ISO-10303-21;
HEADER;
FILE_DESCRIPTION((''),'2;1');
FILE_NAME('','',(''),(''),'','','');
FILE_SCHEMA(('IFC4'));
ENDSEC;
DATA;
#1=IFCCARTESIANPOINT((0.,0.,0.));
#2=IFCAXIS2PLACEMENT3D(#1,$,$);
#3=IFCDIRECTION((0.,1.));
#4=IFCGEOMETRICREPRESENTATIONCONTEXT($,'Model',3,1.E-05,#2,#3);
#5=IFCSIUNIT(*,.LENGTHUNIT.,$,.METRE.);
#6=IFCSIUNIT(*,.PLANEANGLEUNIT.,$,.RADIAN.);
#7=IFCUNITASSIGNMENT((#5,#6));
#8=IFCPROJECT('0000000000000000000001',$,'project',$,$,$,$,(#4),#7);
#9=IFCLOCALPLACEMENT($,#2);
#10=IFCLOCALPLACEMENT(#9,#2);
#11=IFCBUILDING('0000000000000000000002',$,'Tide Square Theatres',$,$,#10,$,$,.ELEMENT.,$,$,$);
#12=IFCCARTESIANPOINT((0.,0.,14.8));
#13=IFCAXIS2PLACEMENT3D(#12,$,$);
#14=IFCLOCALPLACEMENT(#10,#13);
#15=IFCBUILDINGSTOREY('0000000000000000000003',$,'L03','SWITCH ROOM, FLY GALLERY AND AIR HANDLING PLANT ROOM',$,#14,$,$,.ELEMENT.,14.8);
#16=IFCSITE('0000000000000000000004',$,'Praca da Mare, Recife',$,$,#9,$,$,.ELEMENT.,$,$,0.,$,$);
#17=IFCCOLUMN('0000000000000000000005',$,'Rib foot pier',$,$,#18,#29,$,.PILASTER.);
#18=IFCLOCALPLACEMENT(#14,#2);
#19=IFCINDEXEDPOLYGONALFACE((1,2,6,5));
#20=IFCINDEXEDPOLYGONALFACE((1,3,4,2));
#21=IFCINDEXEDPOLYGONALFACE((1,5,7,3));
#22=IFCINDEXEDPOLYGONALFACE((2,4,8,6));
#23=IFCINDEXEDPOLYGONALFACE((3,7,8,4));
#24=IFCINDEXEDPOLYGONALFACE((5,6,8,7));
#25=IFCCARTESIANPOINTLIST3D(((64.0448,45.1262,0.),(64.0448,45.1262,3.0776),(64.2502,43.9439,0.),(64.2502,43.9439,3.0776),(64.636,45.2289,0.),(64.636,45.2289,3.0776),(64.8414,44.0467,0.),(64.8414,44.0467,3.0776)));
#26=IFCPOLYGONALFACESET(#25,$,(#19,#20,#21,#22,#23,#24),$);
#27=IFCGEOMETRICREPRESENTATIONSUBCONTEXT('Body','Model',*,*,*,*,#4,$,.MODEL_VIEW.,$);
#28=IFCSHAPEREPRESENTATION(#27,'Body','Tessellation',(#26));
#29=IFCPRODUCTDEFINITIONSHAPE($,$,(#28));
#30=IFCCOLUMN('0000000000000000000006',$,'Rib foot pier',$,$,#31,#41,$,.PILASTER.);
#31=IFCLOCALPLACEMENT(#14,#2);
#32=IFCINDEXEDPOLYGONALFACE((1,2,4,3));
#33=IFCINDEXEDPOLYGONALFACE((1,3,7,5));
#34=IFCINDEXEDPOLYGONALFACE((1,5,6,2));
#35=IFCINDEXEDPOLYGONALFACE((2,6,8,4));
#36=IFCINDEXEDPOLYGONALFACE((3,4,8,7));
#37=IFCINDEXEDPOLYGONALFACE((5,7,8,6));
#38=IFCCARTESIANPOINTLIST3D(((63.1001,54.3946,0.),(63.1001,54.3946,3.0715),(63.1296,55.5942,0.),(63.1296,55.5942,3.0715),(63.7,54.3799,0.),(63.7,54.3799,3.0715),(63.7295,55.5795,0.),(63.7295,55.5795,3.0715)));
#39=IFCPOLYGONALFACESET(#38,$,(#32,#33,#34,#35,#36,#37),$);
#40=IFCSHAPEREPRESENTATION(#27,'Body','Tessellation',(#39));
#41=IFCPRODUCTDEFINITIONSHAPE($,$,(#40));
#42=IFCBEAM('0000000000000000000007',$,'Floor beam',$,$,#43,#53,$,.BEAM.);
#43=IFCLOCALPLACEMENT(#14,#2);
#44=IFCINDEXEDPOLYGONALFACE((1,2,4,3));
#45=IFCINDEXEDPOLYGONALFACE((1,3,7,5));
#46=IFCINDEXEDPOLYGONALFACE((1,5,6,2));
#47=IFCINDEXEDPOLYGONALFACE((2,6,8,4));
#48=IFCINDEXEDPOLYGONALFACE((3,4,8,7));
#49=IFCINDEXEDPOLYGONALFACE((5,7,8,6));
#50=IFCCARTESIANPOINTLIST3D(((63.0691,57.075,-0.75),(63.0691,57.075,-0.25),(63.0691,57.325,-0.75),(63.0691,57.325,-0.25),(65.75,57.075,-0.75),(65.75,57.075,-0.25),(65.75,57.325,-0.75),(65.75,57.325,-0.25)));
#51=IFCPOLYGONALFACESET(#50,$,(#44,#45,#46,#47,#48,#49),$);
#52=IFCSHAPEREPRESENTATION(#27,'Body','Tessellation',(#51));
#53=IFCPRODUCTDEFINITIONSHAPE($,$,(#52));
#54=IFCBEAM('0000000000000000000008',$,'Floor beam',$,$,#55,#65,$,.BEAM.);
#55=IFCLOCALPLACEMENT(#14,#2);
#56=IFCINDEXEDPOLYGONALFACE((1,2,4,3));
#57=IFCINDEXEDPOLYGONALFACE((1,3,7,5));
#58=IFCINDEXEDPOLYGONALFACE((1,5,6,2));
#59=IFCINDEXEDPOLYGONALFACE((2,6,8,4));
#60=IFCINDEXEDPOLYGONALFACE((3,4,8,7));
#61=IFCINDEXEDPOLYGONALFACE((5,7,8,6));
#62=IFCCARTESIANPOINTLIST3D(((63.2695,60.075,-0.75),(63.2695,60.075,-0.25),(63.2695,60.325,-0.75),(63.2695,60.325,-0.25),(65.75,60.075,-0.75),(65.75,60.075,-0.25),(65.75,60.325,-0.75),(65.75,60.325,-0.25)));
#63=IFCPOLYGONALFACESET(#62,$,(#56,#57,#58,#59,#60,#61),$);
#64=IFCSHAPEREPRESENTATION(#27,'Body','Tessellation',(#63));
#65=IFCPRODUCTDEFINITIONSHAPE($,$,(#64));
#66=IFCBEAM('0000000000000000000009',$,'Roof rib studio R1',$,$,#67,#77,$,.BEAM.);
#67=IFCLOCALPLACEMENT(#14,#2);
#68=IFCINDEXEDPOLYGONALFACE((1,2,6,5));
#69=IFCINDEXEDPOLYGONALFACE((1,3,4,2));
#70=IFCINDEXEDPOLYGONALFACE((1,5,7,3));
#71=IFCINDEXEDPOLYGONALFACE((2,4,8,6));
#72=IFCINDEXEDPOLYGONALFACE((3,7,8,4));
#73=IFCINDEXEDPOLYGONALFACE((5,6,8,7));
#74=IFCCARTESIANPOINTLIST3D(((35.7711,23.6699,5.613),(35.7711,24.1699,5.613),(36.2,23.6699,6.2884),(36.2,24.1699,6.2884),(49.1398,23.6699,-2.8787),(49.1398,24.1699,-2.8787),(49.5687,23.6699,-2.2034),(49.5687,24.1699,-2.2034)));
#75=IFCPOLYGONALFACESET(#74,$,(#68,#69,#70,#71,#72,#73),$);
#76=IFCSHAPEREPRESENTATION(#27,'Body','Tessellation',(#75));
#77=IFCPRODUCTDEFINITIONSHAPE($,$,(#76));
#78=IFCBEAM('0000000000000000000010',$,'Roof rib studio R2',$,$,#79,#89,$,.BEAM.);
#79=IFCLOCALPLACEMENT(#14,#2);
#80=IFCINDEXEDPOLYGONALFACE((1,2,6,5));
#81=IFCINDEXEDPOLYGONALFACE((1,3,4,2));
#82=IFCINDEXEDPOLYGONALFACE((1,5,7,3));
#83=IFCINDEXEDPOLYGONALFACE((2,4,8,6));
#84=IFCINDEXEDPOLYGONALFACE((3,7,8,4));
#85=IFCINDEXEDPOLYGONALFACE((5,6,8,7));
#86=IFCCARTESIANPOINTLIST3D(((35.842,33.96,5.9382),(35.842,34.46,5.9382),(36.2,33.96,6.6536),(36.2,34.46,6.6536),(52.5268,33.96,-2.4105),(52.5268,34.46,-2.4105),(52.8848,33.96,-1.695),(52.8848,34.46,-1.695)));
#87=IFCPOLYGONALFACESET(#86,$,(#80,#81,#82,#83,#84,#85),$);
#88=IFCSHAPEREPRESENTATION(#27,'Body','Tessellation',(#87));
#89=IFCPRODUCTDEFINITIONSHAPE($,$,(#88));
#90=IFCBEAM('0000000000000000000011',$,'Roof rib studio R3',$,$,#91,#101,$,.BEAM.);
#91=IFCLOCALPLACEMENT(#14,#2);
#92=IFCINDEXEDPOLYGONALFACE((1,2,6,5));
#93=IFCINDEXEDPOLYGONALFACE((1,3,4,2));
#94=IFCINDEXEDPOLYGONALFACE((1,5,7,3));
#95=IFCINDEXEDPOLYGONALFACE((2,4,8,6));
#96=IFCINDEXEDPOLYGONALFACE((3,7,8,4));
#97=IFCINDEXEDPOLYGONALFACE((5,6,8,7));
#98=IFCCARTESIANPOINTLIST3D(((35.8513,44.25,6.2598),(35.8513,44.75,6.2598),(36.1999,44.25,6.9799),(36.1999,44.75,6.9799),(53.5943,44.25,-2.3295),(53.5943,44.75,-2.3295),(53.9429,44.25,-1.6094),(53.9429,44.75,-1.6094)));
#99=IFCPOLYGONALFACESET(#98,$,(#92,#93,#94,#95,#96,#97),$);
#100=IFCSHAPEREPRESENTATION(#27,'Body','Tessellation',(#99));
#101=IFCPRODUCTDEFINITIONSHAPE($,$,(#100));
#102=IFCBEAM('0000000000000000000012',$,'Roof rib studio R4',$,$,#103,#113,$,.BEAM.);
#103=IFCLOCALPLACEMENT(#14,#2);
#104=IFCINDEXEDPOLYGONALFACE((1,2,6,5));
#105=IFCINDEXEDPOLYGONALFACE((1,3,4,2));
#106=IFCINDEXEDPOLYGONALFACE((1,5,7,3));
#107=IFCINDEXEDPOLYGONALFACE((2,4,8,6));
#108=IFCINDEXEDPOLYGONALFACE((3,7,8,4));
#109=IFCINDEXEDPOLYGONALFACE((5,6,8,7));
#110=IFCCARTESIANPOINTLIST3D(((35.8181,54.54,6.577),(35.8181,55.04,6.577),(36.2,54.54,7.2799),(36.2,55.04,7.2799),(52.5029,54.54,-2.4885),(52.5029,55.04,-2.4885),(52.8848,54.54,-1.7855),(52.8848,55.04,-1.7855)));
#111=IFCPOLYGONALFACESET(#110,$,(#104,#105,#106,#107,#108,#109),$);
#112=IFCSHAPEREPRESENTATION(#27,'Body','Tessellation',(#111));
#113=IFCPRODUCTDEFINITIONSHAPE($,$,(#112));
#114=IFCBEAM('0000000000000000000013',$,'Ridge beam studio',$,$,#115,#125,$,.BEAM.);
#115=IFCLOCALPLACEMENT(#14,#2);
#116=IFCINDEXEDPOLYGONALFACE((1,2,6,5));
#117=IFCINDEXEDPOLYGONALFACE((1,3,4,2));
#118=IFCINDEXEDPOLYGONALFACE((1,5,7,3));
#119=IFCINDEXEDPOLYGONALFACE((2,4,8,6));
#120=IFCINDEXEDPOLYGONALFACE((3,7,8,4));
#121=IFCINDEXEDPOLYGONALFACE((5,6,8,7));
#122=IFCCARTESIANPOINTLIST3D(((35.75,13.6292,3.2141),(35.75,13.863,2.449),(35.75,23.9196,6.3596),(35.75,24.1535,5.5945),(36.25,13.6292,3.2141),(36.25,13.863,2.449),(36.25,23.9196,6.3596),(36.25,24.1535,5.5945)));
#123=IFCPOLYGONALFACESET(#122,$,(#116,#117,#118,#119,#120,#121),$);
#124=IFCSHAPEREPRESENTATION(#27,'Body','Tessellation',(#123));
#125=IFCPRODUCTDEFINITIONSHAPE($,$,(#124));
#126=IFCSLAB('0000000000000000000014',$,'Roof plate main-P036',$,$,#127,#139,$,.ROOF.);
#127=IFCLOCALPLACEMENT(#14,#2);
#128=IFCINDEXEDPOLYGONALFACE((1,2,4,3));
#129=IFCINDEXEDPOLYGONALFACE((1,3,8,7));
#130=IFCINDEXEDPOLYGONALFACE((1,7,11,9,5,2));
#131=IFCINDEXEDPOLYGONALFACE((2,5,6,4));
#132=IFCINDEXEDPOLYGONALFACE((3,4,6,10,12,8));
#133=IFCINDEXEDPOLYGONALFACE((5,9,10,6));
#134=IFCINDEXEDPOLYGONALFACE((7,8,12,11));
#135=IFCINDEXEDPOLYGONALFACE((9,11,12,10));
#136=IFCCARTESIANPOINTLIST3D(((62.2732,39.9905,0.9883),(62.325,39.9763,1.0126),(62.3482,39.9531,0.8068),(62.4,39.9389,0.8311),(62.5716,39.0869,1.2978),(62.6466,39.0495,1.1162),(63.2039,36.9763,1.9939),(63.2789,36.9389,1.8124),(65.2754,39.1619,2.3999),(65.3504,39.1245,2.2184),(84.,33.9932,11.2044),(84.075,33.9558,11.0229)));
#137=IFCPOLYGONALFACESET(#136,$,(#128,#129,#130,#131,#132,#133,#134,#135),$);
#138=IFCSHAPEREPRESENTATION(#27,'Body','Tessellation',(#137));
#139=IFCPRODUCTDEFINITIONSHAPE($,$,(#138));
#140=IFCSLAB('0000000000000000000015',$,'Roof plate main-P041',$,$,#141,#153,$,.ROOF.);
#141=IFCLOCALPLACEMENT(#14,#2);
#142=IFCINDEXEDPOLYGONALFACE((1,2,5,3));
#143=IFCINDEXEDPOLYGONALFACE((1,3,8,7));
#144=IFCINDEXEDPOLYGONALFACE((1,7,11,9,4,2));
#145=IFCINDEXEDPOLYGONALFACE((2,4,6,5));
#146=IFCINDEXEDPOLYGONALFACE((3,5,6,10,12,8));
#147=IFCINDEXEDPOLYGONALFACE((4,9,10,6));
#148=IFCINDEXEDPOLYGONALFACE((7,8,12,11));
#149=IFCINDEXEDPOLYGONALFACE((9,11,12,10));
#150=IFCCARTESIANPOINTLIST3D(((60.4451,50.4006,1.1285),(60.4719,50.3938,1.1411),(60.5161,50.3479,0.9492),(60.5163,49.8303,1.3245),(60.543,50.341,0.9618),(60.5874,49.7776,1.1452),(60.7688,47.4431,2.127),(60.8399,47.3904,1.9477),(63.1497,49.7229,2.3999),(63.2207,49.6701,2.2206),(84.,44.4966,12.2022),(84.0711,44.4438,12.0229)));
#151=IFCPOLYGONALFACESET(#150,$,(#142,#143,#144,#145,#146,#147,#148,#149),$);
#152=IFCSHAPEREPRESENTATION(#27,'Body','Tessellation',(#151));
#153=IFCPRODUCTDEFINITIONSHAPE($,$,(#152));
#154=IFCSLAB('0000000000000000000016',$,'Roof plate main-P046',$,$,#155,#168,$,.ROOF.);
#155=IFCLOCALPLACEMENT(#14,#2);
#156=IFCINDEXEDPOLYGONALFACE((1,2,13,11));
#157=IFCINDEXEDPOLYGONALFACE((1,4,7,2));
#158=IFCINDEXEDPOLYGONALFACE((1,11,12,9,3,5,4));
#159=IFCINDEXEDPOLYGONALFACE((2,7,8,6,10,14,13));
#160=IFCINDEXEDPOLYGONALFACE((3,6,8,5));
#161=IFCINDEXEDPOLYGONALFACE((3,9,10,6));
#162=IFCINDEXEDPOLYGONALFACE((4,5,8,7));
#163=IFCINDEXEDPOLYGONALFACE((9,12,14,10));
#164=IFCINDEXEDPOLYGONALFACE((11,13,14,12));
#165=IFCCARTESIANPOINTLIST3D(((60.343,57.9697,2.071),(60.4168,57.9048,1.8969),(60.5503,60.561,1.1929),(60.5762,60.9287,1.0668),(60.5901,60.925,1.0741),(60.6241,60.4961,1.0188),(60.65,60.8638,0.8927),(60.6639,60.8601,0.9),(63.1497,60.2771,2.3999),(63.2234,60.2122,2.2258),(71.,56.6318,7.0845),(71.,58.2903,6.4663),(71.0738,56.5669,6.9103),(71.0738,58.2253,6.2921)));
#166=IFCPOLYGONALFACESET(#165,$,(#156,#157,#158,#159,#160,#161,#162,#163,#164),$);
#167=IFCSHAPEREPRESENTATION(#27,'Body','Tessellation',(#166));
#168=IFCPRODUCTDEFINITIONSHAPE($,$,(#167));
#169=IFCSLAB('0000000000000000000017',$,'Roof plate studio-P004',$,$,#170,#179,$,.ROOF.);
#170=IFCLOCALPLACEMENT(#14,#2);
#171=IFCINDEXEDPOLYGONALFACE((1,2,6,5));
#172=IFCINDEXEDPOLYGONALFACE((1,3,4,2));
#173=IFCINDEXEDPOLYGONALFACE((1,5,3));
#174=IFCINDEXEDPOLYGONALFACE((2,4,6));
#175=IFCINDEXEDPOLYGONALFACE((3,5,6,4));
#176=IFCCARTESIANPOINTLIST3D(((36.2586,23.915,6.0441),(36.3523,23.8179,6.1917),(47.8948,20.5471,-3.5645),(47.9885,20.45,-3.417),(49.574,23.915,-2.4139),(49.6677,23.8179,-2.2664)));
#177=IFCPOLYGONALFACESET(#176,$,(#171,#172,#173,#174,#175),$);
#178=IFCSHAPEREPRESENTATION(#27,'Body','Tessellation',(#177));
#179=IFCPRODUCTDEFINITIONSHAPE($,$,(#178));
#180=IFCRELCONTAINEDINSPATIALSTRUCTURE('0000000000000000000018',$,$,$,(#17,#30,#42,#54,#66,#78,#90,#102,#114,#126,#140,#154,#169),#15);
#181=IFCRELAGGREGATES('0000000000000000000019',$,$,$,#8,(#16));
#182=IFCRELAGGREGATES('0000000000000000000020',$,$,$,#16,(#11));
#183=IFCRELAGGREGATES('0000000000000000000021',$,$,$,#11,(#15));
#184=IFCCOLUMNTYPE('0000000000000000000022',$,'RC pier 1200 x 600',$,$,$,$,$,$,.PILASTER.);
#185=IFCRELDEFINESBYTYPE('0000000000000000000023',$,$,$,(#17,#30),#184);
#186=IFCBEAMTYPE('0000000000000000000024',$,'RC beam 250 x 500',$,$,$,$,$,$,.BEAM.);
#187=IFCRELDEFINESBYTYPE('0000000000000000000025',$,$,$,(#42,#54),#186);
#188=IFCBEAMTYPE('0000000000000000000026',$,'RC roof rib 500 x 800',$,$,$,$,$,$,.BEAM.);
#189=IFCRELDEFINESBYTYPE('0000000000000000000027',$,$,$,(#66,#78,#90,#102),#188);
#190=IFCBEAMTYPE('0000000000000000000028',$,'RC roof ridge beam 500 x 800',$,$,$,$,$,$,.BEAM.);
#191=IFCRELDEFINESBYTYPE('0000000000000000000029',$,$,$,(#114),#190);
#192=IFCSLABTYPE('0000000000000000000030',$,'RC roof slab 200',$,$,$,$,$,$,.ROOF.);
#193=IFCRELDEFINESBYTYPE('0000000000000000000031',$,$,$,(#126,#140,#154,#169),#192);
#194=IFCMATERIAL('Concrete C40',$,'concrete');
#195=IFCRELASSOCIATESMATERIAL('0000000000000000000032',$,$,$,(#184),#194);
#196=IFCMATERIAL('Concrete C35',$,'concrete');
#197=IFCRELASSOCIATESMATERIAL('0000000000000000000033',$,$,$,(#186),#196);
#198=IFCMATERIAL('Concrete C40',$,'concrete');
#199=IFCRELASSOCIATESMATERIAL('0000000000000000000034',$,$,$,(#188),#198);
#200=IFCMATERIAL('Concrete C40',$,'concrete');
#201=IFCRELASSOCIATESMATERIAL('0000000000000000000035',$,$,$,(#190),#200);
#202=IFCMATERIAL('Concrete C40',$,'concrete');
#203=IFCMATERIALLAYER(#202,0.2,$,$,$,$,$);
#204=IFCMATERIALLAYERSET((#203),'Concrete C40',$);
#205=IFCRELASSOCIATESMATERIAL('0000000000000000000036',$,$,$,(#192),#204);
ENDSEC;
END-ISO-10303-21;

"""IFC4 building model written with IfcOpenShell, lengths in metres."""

from ifc_helpers import new_model, si_unit, direction, frame, origin, origin_2d, place, context, subcontext, project, spatial, polyline, rectangle, outline, extrude, material, layer, layer_set, material_profile, profile_set, type_object, element, save


model = new_model("IFC4")

# Units and contexts
model_context = context("Model", 3, precision=1e-05, world=origin(), true_north=direction((0.0, 1.0)))
body_context = subcontext(model_context, "Body", "Model", "MODEL_VIEW")
ifc_project = project(units=[si_unit("LENGTHUNIT", "METRE"), si_unit("PLANEANGLEUNIT", "RADIAN")], contexts=[model_context])

# Site, building, storey
site_placement = place(None, origin())
site = spatial("IfcSite", under=ifc_project, at=site_placement, Name="Praca da Mare, Recife", CompositionType="ELEMENT", RefElevation=0.0)
building_placement = place(site_placement, origin())
building = spatial("IfcBuilding", under=site, at=building_placement, Name="Tide Square Theatres", CompositionType="ELEMENT")
storey_placement = place(building_placement, frame((0.0, 0.0, 14.8)))
storey = spatial("IfcBuildingStorey", under=building, at=storey_placement, Name="L03", Description="SWITCH ROOM, FLY GALLERY AND AIR HANDLING PLANT ROOM", CompositionType="ELEMENT", Elevation=14.8)

# Columns
ifc_material_1 = material(Name="Concrete C40", Category="concrete")
ifc_material_profile_1 = material_profile(ifc_material_1, rectangle(XDim=1.2, YDim=0.6001, at=origin_2d()))
ifc_profile_set_1 = profile_set([ifc_material_profile_1], Name="Concrete C40")
column_type = type_object("IfcColumnType", Name="RC pier 1200 x 600", PredefinedType="PILASTER", material=ifc_profile_set_1)
column_1_placement = place(storey_placement, frame((64.4431, 44.5864, 0.0), z_axis=(0.0, 0.0, 1.0), x_axis=(0.171173, -0.985241, 0.0)))
element("IfcColumn", 1, at=column_1_placement, inside=storey, type_object=column_type, Name="Rib foot pier", PredefinedType="PILASTER", context=body_context, shape_type="SweptSolid", body=[
    extrude(rectangle(XDim=1.2, YDim=0.6001, at=origin_2d()), origin(), (0.0, 0.0, 1.0), 3.0776),
])
column_2_placement = place(storey_placement, frame((63.4148, 54.9871, 0.0), z_axis=(0.0, 0.0, 1.0), x_axis=(-0.024572, -0.999698, 0.0)))
element("IfcColumn", 2, at=column_2_placement, inside=storey, type_object=column_type, Name="Rib foot pier", PredefinedType="PILASTER", context=body_context, shape_type="SweptSolid", body=[
    extrude(rectangle(XDim=1.2, YDim=0.6001, at=origin_2d()), origin(), (0.0, 0.0, 1.0), 3.0715),
])

# Beams
ifc_material_2 = material(Name="Concrete C35", Category="concrete")
ifc_material_profile_2 = material_profile(ifc_material_2, rectangle(XDim=0.25, YDim=0.5, at=origin_2d()))
ifc_profile_set_2 = profile_set([ifc_material_profile_2], Name="Concrete C35")
beam_type_1 = type_object("IfcBeamType", Name="RC beam 250 x 500", PredefinedType="BEAM", material=ifc_profile_set_2)
beam_1_placement = place(storey_placement, frame((63.0691, 57.2, -0.5), z_axis=(1.0, 0.0, 0.0), x_axis=(0.0, 1.0, 0.0)))
element("IfcBeam", 3, at=beam_1_placement, inside=storey, type_object=beam_type_1, Name="Floor beam", PredefinedType="BEAM", context=body_context, shape_type="SweptSolid", body=[
    extrude(rectangle(XDim=0.25, YDim=0.5, at=origin_2d()), origin(), (0.0, 0.0, 1.0), 2.6809),
])
beam_2_placement = place(storey_placement, frame((63.2695, 60.2, -0.5), z_axis=(1.0, 0.0, 0.0), x_axis=(0.0, 1.0, 0.0)))
element("IfcBeam", 4, at=beam_2_placement, inside=storey, type_object=beam_type_1, Name="Floor beam", PredefinedType="BEAM", context=body_context, shape_type="SweptSolid", body=[
    extrude(rectangle(XDim=0.25, YDim=0.5, at=origin_2d()), origin(), (0.0, 0.0, 1.0), 2.4805),
])
ifc_material_3 = material(Name="Concrete C40", Category="concrete")
ifc_material_profile_3 = material_profile(ifc_material_3, rectangle(XDim=0.5, YDim=0.8, at=origin_2d()))
ifc_profile_set_3 = profile_set([ifc_material_profile_3], Name="Concrete C40")
beam_type_2 = type_object("IfcBeamType", Name="RC roof rib 500 x 800", PredefinedType="BEAM", material=ifc_profile_set_3)
beam_3_placement = place(storey_placement, frame((49.3542, 23.9199, -2.541), z_axis=(-0.844108, 0.0, 0.536173), x_axis=(0.0, -1.0, 0.0)))
element("IfcBeam", 5, at=beam_3_placement, inside=storey, type_object=beam_type_2, Name="Roof rib studio R1", PredefinedType="BEAM", context=body_context, shape_type="SweptSolid", body=[
    extrude(rectangle(XDim=0.5, YDim=0.8, at=origin_2d()), origin(), (0.0, 0.0, 1.0), 15.8376),
])
beam_4_placement = place(storey_placement, frame((52.7058, 34.21, -2.0527), z_axis=(-0.894294, 0.0, 0.447481), x_axis=(0.0, -1.0, 0.0)))
element("IfcBeam", 6, at=beam_4_placement, inside=storey, type_object=beam_type_2, Name="Roof rib studio R2", PredefinedType="BEAM", context=body_context, shape_type="SweptSolid", body=[
    extrude(rectangle(XDim=0.5, YDim=0.8, at=origin_2d()), origin(), (0.0, 0.0, 1.0), 18.657),
])
beam_5_placement = place(storey_placement, frame((53.7686, 44.5, -1.9695), z_axis=(-0.900078, 0.0, 0.435728), x_axis=(0.0, -1.0, 0.0)))
element("IfcBeam", 7, at=beam_5_placement, inside=storey, type_object=beam_type_2, Name="Roof rib studio R3", PredefinedType="BEAM", context=body_context, shape_type="SweptSolid", body=[
    extrude(rectangle(XDim=0.5, YDim=0.8, at=origin_2d()), origin(), (0.0, 0.0, 1.0), 19.7126),
])
beam_6_placement = place(storey_placement, frame((52.6938, 54.79, -2.137), z_axis=(-0.878678, 0.0, 0.477416), x_axis=(0.0, -1.0, 0.0)))
element("IfcBeam", 8, at=beam_6_placement, inside=storey, type_object=beam_type_2, Name="Roof rib studio R4", PredefinedType="BEAM", context=body_context, shape_type="SweptSolid", body=[
    extrude(rectangle(XDim=0.5, YDim=0.8, at=origin_2d()), origin(), (0.0, 0.0, 1.0), 18.9885),
])
ifc_material_4 = material(Name="Concrete C40", Category="concrete")
ifc_material_profile_4 = material_profile(ifc_material_4, rectangle(XDim=0.5, YDim=0.8, at=origin_2d()))
ifc_profile_set_4 = profile_set([ifc_material_profile_4], Name="Concrete C40")
beam_type_3 = type_object("IfcBeamType", Name="RC roof ridge beam 500 x 800", PredefinedType="BEAM", material=ifc_profile_set_4)
beam_7_placement = place(storey_placement, frame((36.0, 13.7461, 2.8315), z_axis=(0.0, 0.956321, 0.292319), x_axis=(-1.0, 0.0, 0.0)))
element("IfcBeam", 9, at=beam_7_placement, inside=storey, type_object=beam_type_3, Name="Ridge beam studio", PredefinedType="BEAM", context=body_context, shape_type="SweptSolid", body=[
    extrude(rectangle(XDim=0.5, YDim=0.8, at=origin_2d()), origin(), (0.0, 0.0, 1.0), 10.7605),
])

# Slabs
ifc_material_5 = material(Name="Concrete C40", Category="concrete")
ifc_layer_1 = layer(ifc_material_5, 0.2)
ifc_layer_set_1 = layer_set([ifc_layer_1], Name="Concrete C40")
slab_type = type_object("IfcSlabType", Name="RC roof slab 200", PredefinedType="ROOF", material=ifc_layer_set_1)
slab_1_placement = place(storey_placement, frame((63.2039, 36.9763, 1.9939), z_axis=(-0.375257, 0.187021, 0.907857), x_axis=(0.906572, -0.130045, 0.401516)))
element("IfcSlab", 10, at=slab_1_placement, inside=storey, type_object=slab_type, Name="Roof plate main-P036", PredefinedType="ROOF", context=body_context, shape_type="SweptSolid", body=[
    extrude(outline(polyline([(0.0, 0.0), (22.9393, 0.0), (1.7568, 2.4792), (-1.1272, 2.017), (-1.5809, 2.8698), (-1.6395, 2.8766), (0.0, 0.0)])), origin(), (0.0, 0.0, -1.0), 0.2),
])
slab_2_placement = place(storey_placement, frame((60.7688, 47.4431, 2.127), z_axis=(-0.355429, 0.26383, 0.896696), x_axis=(0.911286, -0.115583, 0.395219)))
element("IfcSlab", 11, at=slab_2_placement, inside=storey, type_object=slab_type, Name="Roof plate main-P041", PredefinedType="ROOF", context=body_context, shape_type="SweptSolid", body=[
    extrude(outline(polyline([(0.0, 0.0), (25.4928, 0.0), (2.014, 2.6238), (-0.8231, 2.3935), (-1.0012, 2.9604), (-1.0315, 2.9639), (0.0, 0.0)])), origin(), (0.0, 0.0, -1.0), 0.2),
])
slab_3_placement = place(storey_placement, frame((60.343, 57.9697, 2.071), z_axis=(-0.368948, 0.324646, 0.870909), x_axis=(0.89909, -0.112873, 0.422962)))
element("IfcSlab", 12, at=slab_3_placement, inside=storey, type_object=slab_type, Name="Roof plate main-P046", PredefinedType="ROOF", context=body_context, shape_type="SweptSolid", body=[
    extrude(outline(polyline([(0.0, 0.0), (11.8531, 0.0), (11.4044, 1.7121), (2.4021, 2.7458), (-0.4776, 2.702), (-0.5331, 3.0829), (-0.5491, 3.0849), (0.0, 0.0)])), origin(), (0.0, 0.0, -1.0), 0.2),
])
slab_4_placement = place(storey_placement, frame((47.9885, 20.45, -3.417), z_axis=(0.468672, -0.48575, 0.73783), x_axis=(0.426702, 0.855824, 0.292388)))
element("IfcSlab", 13, at=slab_4_placement, inside=storey, type_object=slab_type, Name="Roof plate studio-P004", PredefinedType="ROOF", context=body_context, shape_type="SweptSolid", body=[
    extrude(outline(polyline([(0.0, 0.0), (3.9353, 0.0), (0.7266, 15.4448), (0.0, 0.0)])), origin(), (0.0, 0.0, -1.0), 0.2),
])

save(model, "model.ifc")
